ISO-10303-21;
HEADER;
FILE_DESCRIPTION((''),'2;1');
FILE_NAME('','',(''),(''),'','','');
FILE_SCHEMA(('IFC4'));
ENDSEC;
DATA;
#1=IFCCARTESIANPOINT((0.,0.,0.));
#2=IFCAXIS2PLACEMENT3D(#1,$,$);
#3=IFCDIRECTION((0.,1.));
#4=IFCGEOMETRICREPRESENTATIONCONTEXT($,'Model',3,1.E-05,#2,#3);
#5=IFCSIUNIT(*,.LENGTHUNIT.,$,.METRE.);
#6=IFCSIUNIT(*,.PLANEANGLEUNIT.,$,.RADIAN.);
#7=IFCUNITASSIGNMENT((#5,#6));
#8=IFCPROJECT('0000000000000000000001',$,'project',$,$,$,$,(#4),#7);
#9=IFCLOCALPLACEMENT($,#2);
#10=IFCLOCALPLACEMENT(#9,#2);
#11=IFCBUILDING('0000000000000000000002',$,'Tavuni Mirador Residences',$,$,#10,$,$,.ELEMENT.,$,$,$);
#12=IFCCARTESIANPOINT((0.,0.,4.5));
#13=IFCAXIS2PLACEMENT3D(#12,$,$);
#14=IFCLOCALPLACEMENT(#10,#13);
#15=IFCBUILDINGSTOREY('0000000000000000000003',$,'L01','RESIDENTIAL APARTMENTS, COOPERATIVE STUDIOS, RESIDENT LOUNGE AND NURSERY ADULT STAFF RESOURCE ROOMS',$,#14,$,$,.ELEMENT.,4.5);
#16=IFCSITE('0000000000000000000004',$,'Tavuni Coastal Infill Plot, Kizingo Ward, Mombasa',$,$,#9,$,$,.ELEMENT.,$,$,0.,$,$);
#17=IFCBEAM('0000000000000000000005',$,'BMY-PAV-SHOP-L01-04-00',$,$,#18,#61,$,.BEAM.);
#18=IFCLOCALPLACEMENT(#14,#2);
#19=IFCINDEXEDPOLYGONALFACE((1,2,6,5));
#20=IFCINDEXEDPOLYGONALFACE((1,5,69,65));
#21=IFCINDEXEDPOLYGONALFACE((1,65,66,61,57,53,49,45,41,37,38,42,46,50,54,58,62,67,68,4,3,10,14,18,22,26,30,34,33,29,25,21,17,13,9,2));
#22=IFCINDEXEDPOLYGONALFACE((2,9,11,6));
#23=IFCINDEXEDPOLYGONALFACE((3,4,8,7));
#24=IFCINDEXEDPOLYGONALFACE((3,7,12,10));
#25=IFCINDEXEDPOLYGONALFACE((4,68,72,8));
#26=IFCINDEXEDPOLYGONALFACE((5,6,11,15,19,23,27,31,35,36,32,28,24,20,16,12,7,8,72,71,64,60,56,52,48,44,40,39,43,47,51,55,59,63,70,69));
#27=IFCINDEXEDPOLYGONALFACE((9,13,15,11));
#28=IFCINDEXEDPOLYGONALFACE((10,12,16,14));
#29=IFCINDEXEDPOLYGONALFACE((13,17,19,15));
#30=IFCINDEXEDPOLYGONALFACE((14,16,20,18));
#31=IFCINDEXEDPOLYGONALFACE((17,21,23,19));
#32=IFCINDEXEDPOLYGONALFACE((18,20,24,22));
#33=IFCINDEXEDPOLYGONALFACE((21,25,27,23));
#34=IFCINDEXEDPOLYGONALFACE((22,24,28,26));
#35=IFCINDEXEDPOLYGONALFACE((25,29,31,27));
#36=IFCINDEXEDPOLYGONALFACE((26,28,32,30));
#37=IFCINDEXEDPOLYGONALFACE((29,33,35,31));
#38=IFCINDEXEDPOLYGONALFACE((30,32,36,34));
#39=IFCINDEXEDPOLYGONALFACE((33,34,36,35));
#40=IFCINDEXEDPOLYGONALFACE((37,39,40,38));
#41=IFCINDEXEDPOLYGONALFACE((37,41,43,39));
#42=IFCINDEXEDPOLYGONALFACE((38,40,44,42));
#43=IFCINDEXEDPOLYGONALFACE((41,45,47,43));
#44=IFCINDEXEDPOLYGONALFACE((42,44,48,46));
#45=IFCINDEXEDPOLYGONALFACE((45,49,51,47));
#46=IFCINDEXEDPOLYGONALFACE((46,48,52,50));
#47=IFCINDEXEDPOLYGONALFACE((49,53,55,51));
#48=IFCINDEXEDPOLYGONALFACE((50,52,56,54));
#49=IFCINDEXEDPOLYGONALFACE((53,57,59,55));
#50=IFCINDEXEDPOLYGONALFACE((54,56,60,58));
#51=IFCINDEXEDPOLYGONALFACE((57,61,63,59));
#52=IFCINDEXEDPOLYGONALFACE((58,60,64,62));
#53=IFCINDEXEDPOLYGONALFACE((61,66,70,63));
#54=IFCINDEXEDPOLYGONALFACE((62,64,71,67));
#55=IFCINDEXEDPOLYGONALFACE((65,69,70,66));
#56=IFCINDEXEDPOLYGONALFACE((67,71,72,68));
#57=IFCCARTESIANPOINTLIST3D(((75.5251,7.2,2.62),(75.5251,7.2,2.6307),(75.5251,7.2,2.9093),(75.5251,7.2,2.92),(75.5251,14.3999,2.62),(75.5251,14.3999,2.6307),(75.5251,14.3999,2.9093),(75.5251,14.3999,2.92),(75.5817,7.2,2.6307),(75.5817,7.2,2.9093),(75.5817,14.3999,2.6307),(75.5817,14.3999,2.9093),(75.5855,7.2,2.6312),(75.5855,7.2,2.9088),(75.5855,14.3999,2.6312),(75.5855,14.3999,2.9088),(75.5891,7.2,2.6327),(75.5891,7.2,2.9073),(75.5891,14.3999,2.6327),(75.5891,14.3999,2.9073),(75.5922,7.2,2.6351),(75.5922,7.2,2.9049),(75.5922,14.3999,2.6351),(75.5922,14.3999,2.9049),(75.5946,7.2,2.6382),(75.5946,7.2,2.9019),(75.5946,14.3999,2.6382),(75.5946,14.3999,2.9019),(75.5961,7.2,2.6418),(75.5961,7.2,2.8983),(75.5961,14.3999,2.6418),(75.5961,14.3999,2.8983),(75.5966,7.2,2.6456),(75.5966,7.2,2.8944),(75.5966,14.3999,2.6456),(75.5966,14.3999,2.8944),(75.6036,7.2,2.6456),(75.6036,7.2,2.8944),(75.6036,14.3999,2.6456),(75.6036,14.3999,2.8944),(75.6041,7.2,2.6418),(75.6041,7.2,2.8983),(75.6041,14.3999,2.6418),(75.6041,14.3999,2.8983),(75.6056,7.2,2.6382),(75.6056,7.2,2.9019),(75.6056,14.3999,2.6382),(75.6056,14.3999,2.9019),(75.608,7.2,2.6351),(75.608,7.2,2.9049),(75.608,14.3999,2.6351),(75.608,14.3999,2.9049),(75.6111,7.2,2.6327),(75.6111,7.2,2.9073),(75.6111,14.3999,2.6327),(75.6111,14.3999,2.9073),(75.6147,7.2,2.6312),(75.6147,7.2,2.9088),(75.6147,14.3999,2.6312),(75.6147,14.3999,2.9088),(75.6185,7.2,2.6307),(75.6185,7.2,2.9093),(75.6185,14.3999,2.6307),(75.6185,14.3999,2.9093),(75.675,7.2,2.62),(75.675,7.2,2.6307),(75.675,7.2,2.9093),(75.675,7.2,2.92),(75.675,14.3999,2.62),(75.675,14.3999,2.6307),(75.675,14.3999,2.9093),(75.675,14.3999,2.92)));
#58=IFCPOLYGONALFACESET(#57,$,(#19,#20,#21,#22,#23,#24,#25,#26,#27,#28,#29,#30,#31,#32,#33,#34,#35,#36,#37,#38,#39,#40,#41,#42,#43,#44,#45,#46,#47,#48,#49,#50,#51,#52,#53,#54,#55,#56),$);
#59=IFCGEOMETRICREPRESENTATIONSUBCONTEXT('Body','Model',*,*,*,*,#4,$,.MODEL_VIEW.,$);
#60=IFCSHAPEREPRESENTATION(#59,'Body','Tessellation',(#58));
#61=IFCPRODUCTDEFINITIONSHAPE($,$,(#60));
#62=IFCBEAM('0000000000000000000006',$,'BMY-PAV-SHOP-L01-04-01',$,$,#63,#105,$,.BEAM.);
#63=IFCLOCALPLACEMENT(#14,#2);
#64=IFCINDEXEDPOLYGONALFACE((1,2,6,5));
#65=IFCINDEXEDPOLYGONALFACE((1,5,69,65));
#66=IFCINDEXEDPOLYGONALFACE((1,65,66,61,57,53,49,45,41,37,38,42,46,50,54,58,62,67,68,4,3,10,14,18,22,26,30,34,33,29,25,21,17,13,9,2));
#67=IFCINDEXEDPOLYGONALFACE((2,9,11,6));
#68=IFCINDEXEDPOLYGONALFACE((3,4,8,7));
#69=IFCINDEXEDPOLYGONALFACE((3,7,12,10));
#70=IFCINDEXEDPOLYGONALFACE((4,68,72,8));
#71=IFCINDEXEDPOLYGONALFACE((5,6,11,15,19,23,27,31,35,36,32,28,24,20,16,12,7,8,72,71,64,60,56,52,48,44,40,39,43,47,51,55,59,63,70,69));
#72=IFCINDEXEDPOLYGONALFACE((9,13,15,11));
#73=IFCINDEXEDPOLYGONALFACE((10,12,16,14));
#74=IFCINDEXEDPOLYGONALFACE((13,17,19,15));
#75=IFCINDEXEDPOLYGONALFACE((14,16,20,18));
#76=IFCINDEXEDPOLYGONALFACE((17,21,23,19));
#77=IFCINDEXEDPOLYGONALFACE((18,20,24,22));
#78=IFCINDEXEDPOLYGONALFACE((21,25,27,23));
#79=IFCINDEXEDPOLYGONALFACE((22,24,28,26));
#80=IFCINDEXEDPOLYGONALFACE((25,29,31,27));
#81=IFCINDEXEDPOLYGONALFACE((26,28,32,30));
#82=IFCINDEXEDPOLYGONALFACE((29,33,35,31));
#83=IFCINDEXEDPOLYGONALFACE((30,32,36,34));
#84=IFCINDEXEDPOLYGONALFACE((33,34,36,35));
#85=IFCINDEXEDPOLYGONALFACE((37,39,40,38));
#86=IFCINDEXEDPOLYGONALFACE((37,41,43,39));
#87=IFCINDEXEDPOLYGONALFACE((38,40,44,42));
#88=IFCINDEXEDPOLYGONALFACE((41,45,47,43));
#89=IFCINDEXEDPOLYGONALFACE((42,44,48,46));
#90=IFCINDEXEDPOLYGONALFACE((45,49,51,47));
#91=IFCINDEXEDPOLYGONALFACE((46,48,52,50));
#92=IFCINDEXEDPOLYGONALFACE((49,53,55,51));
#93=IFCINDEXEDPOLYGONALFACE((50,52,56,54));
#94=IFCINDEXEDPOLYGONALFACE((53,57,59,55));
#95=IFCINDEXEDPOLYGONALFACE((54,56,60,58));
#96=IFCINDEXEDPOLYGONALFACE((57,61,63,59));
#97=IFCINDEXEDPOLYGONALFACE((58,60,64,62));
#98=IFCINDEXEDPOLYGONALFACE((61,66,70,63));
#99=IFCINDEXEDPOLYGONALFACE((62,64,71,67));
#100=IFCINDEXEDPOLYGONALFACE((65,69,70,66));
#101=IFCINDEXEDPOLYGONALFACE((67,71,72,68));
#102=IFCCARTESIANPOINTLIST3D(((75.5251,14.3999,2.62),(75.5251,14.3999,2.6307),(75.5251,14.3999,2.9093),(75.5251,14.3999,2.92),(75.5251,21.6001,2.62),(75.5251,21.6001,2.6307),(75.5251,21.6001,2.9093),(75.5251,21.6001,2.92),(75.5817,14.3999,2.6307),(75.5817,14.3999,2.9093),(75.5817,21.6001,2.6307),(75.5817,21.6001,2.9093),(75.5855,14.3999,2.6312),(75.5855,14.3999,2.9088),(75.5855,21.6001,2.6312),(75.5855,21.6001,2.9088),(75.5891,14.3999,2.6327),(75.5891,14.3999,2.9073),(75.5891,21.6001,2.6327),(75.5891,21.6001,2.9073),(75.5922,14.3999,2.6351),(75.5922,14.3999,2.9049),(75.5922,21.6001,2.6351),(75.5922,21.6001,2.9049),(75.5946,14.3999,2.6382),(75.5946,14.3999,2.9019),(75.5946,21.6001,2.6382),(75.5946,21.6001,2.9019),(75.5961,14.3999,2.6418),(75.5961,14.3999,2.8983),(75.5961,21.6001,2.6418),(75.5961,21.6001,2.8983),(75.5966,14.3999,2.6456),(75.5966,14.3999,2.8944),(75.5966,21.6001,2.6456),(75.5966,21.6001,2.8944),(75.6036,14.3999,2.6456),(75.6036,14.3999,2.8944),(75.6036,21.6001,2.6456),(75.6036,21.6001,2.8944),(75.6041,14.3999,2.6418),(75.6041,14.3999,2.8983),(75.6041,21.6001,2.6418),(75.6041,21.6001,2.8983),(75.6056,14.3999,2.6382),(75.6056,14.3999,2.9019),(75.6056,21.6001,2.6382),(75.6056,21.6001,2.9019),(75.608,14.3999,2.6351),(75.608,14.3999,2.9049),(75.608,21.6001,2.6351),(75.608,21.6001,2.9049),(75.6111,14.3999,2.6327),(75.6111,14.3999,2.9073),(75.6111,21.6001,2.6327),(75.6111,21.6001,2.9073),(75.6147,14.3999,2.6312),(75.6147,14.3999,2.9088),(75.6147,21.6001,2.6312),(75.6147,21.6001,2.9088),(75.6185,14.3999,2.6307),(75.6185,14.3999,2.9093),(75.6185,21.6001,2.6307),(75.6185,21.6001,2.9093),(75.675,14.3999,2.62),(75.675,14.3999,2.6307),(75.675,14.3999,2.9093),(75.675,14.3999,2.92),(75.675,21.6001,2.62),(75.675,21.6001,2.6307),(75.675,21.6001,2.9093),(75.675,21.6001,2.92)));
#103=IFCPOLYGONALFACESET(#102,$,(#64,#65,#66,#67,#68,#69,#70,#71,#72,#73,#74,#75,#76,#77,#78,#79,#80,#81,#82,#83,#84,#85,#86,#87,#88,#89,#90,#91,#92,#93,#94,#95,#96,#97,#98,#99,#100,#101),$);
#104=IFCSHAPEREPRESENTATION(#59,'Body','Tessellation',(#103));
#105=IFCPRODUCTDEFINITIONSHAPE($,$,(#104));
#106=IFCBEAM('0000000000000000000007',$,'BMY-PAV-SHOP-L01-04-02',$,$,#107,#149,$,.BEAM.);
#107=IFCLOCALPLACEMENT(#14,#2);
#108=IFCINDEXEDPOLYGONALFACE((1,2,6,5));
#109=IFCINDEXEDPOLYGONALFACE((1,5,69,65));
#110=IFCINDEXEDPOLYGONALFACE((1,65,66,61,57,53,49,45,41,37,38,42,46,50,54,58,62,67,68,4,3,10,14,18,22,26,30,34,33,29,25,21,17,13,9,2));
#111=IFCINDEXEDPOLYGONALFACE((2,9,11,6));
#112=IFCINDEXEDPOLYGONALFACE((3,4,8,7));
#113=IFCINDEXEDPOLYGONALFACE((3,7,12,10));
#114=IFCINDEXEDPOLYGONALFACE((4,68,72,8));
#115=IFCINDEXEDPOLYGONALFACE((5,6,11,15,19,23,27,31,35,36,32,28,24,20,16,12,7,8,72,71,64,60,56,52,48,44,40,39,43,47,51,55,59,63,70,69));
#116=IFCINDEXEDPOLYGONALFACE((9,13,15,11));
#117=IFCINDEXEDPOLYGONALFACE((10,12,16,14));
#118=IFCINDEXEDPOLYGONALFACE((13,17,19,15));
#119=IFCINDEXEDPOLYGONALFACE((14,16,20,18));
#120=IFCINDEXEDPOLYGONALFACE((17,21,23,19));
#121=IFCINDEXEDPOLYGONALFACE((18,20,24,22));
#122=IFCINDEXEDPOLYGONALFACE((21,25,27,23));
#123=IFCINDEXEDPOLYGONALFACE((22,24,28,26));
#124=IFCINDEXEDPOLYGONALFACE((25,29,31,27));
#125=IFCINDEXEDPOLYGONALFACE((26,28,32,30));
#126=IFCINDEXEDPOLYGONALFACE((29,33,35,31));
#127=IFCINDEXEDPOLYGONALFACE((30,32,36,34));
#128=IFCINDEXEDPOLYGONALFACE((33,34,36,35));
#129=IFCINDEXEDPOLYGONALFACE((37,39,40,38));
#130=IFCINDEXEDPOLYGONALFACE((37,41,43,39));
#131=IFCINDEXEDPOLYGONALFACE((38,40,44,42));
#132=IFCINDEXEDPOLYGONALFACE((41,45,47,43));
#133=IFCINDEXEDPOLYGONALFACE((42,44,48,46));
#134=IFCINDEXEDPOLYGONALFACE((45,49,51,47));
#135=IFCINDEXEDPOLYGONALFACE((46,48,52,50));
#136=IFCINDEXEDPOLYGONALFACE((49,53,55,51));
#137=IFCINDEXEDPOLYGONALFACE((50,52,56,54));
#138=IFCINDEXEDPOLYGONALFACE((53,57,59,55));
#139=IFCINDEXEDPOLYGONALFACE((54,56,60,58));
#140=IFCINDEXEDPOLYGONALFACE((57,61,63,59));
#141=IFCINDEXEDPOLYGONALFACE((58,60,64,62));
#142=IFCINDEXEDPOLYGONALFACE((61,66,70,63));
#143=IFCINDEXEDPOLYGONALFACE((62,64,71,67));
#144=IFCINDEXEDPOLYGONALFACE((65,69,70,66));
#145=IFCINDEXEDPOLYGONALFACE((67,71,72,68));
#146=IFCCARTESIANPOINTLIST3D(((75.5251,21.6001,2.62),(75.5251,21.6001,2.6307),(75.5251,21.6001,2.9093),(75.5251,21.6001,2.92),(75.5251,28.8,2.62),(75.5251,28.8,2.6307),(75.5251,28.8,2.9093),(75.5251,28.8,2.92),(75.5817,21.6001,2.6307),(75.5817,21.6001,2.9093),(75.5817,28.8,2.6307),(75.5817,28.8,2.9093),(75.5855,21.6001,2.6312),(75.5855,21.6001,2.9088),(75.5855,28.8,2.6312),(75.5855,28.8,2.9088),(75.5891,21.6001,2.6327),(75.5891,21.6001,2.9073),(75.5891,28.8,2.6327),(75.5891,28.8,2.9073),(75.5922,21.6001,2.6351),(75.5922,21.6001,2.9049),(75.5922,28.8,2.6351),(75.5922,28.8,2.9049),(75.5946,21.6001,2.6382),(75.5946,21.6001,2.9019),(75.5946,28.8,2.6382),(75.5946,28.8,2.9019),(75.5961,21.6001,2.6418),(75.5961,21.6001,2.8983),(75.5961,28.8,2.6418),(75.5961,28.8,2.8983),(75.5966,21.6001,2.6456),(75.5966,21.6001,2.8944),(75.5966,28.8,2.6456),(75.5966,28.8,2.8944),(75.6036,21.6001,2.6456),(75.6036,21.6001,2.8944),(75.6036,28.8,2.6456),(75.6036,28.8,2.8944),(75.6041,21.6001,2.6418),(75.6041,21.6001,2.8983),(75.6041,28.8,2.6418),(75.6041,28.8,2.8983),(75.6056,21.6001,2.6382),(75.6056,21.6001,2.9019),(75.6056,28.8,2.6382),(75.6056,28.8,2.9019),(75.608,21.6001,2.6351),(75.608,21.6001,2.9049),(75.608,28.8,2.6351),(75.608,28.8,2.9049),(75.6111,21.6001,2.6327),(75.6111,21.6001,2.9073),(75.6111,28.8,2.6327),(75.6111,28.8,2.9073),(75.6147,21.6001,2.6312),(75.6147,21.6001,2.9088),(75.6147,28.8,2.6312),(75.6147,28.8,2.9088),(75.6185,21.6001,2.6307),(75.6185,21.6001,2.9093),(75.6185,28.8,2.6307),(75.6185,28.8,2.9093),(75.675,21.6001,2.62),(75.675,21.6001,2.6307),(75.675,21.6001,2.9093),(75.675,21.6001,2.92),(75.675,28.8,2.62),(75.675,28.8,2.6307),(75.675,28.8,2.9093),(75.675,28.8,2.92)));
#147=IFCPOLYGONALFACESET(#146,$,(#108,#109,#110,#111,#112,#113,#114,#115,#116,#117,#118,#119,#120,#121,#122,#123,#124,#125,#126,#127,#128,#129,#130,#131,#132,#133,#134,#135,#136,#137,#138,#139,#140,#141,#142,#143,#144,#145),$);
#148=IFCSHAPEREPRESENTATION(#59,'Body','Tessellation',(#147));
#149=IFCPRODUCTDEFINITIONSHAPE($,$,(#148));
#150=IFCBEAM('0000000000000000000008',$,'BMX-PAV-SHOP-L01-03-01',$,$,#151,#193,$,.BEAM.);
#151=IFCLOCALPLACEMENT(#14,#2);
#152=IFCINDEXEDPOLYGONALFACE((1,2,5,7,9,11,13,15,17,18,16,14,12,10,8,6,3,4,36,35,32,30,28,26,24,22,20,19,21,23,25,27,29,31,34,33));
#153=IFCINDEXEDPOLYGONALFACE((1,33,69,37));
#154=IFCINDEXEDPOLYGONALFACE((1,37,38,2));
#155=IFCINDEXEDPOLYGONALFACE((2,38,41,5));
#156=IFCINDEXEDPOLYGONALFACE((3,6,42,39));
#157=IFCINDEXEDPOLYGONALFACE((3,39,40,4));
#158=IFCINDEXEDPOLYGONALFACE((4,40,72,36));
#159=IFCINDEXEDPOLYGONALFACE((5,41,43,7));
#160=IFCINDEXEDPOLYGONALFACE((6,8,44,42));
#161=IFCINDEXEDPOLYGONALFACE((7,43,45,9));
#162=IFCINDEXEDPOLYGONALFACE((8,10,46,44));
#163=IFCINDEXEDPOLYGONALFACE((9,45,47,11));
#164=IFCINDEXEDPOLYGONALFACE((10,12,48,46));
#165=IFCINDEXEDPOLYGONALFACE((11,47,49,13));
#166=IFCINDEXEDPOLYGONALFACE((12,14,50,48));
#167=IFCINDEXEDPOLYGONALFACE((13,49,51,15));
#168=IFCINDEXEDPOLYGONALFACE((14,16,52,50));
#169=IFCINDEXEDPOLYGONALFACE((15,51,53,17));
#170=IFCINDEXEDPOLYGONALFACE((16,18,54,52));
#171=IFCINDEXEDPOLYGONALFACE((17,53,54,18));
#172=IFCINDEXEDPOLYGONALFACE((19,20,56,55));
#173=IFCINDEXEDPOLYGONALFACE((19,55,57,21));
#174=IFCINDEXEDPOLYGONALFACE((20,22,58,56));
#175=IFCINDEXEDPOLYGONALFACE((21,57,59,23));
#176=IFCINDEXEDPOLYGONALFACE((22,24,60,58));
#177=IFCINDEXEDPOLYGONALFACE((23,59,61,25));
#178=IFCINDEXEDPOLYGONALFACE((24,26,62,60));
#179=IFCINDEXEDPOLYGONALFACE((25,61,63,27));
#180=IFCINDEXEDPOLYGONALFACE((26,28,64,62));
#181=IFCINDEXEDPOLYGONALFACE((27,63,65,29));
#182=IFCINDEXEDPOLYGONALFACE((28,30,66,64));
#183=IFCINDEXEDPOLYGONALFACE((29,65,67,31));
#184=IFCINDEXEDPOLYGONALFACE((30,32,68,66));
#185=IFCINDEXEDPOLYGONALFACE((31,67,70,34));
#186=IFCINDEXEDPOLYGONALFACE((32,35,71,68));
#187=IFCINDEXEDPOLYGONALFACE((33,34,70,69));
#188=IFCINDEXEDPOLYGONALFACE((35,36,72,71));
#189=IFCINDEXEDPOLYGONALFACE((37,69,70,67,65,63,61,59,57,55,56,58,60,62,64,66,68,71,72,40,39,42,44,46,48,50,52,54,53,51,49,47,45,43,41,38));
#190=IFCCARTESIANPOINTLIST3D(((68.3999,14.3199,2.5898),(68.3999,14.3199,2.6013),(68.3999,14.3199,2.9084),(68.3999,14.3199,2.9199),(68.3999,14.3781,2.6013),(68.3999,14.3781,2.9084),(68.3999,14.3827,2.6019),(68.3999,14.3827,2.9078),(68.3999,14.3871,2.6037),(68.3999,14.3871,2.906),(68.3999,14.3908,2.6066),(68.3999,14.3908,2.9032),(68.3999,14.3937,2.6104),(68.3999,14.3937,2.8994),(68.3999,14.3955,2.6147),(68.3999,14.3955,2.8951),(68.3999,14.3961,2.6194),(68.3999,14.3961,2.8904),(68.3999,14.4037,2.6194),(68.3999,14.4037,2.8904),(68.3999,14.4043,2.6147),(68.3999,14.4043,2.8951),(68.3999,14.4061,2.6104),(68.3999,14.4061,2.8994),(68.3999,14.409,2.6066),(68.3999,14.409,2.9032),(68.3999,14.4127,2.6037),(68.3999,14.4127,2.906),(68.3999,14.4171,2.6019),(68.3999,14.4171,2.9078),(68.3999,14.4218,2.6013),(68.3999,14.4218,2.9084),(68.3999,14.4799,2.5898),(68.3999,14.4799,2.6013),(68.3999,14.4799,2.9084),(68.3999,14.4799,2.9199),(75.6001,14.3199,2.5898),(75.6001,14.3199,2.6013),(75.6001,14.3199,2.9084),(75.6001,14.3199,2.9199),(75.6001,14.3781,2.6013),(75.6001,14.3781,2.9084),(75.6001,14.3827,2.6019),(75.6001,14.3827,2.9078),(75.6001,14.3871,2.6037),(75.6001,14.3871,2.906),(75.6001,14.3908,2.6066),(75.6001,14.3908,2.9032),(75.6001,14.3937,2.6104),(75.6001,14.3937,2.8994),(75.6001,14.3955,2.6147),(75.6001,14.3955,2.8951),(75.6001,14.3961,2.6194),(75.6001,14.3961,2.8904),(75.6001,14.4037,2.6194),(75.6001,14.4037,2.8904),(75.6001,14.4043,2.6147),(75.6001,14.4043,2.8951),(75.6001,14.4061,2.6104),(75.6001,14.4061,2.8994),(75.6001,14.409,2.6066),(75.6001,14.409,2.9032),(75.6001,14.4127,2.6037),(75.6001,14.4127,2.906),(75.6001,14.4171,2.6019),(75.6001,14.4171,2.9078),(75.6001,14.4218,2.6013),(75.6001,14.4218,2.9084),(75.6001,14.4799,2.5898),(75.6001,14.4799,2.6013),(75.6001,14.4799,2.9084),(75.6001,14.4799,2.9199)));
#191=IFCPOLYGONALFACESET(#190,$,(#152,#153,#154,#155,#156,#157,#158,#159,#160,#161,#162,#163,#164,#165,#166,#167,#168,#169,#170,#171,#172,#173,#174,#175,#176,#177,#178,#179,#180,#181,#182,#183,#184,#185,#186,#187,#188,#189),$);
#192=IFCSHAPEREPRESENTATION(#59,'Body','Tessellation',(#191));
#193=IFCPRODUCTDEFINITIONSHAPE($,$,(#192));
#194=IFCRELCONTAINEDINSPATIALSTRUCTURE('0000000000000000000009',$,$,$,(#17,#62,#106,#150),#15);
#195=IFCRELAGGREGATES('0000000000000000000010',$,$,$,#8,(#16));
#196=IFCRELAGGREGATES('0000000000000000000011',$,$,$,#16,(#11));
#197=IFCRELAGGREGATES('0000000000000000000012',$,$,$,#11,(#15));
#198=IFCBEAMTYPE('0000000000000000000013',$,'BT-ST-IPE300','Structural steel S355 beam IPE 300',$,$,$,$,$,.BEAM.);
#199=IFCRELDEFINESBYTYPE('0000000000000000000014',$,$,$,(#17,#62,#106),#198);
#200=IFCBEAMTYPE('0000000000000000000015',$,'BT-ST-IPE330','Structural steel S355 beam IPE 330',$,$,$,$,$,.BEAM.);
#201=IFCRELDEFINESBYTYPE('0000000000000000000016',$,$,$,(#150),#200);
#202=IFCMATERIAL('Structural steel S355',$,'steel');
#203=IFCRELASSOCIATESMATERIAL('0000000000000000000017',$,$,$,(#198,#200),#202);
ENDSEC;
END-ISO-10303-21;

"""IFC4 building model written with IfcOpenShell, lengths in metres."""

from ifc_helpers import new_model, si_unit, direction, frame, origin, origin_2d, place, context, subcontext, project, spatial, i_section, extrude, material, material_profile, profile_set, type_object, element, save


model = new_model("IFC4")

# Units and contexts
model_context = context("Model", 3, precision=1e-05, world=origin(), true_north=direction((0.0, 1.0)))
body_context = subcontext(model_context, "Body", "Model", "MODEL_VIEW")
ifc_project = project(units=[si_unit("LENGTHUNIT", "METRE"), si_unit("PLANEANGLEUNIT", "RADIAN")], contexts=[model_context])

# Site, building, storey
site_placement = place(None, origin())
site = spatial("IfcSite", under=ifc_project, at=site_placement, Name="Tavuni Coastal Infill Plot, Kizingo Ward, Mombasa", CompositionType="ELEMENT", RefElevation=0.0)
building_placement = place(site_placement, origin())
building = spatial("IfcBuilding", under=site, at=building_placement, Name="Tavuni Mirador Residences", CompositionType="ELEMENT")
storey_placement = place(building_placement, frame((0.0, 0.0, 4.5)))
storey = spatial("IfcBuildingStorey", under=building, at=storey_placement, Name="L01", Description="RESIDENTIAL APARTMENTS, COOPERATIVE STUDIOS, RESIDENT LOUNGE AND NURSERY ADULT STAFF RESOURCE ROOMS", CompositionType="ELEMENT", Elevation=4.5)

# Shared definitions
ifc_material_1 = material(Name="Structural steel S355", Category="steel")

# Beams
ifc_material_profile_1 = material_profile(ifc_material_1, i_section(OverallWidth=0.1499, OverallDepth=0.3, WebThickness=0.0071, FlangeThickness=0.0107, FilletRadius=0.0149, at=origin_2d()), Name="IPE 300", Category="steel")
ifc_profile_set_1 = profile_set([ifc_material_profile_1], Name="Structural steel S355")
beam_type_1 = type_object("IfcBeamType", Name="BT-ST-IPE300", Description="Structural steel S355 beam IPE 300", PredefinedType="BEAM", material=ifc_profile_set_1)
for number, where, z_axis, x_axis, name in (
    (1, (75.6001, 7.2, 2.77), (0.0, 1.0, 0.0), (-1.0, 0.0, 0.0), "BMY-PAV-SHOP-L01-04-00"),
):
    element("IfcBeam", number, at=place(storey_placement, frame(where, z_axis=z_axis, x_axis=x_axis)), inside=storey, type_object=beam_type_1, Name=name, PredefinedType="BEAM", context=body_context, shape_type="SweptSolid", body=[
        extrude(i_section(OverallWidth=0.1499, OverallDepth=0.3, WebThickness=0.0071, FlangeThickness=0.0107, FilletRadius=0.0149, at=origin_2d()), origin(), (0.0, 0.0, 1.0), 7.2),
    ])
beam_1_placement = place(storey_placement, frame((75.6001, 14.3999, 2.77), z_axis=(0.0, 1.0, 0.0), x_axis=(-1.0, 0.0, 0.0)))
element("IfcBeam", 2, at=beam_1_placement, inside=storey, type_object=beam_type_1, Name="BMY-PAV-SHOP-L01-04-01", PredefinedType="BEAM", context=body_context, shape_type="SweptSolid", body=[
    extrude(i_section(OverallWidth=0.1499, OverallDepth=0.3, WebThickness=0.0071, FlangeThickness=0.0107, FilletRadius=0.0149, at=origin_2d()), origin(), (0.0, 0.0, 1.0), 7.2002),
])
beam_2_placement = place(storey_placement, frame((75.6001, 21.6001, 2.77), z_axis=(0.0, 1.0, 0.0), x_axis=(-1.0, 0.0, 0.0)))
element("IfcBeam", 3, at=beam_2_placement, inside=storey, type_object=beam_type_1, Name="BMY-PAV-SHOP-L01-04-02", PredefinedType="BEAM", context=body_context, shape_type="SweptSolid", body=[
    extrude(i_section(OverallWidth=0.1499, OverallDepth=0.3, WebThickness=0.0071, FlangeThickness=0.0107, FilletRadius=0.0149, at=origin_2d()), origin(), (0.0, 0.0, 1.0), 7.2),
])
ifc_material_profile_2 = material_profile(ifc_material_1, i_section(OverallWidth=0.1599, OverallDepth=0.3301, WebThickness=0.0076, FlangeThickness=0.0115, FilletRadius=0.0181, at=origin_2d()), Name="IPE 330", Category="steel")
ifc_profile_set_2 = profile_set([ifc_material_profile_2], Name="Structural steel S355")
beam_type_2 = type_object("IfcBeamType", Name="BT-ST-IPE330", Description="Structural steel S355 beam IPE 330", PredefinedType="BEAM", material=ifc_profile_set_2)
beam_3_placement = place(storey_placement, frame((68.3999, 14.3999, 2.7549), z_axis=(1.0, 0.0, 0.0), x_axis=(0.0, 1.0, 0.0)))
element("IfcBeam", 4, at=beam_3_placement, inside=storey, type_object=beam_type_2, Name="BMX-PAV-SHOP-L01-03-01", PredefinedType="BEAM", context=body_context, shape_type="SweptSolid", body=[
    extrude(i_section(OverallWidth=0.1599, OverallDepth=0.3301, WebThickness=0.0076, FlangeThickness=0.0115, FilletRadius=0.0181, at=origin_2d()), origin(), (0.0, 0.0, 1.0), 7.2002),
])

save(model, "model.ifc")
